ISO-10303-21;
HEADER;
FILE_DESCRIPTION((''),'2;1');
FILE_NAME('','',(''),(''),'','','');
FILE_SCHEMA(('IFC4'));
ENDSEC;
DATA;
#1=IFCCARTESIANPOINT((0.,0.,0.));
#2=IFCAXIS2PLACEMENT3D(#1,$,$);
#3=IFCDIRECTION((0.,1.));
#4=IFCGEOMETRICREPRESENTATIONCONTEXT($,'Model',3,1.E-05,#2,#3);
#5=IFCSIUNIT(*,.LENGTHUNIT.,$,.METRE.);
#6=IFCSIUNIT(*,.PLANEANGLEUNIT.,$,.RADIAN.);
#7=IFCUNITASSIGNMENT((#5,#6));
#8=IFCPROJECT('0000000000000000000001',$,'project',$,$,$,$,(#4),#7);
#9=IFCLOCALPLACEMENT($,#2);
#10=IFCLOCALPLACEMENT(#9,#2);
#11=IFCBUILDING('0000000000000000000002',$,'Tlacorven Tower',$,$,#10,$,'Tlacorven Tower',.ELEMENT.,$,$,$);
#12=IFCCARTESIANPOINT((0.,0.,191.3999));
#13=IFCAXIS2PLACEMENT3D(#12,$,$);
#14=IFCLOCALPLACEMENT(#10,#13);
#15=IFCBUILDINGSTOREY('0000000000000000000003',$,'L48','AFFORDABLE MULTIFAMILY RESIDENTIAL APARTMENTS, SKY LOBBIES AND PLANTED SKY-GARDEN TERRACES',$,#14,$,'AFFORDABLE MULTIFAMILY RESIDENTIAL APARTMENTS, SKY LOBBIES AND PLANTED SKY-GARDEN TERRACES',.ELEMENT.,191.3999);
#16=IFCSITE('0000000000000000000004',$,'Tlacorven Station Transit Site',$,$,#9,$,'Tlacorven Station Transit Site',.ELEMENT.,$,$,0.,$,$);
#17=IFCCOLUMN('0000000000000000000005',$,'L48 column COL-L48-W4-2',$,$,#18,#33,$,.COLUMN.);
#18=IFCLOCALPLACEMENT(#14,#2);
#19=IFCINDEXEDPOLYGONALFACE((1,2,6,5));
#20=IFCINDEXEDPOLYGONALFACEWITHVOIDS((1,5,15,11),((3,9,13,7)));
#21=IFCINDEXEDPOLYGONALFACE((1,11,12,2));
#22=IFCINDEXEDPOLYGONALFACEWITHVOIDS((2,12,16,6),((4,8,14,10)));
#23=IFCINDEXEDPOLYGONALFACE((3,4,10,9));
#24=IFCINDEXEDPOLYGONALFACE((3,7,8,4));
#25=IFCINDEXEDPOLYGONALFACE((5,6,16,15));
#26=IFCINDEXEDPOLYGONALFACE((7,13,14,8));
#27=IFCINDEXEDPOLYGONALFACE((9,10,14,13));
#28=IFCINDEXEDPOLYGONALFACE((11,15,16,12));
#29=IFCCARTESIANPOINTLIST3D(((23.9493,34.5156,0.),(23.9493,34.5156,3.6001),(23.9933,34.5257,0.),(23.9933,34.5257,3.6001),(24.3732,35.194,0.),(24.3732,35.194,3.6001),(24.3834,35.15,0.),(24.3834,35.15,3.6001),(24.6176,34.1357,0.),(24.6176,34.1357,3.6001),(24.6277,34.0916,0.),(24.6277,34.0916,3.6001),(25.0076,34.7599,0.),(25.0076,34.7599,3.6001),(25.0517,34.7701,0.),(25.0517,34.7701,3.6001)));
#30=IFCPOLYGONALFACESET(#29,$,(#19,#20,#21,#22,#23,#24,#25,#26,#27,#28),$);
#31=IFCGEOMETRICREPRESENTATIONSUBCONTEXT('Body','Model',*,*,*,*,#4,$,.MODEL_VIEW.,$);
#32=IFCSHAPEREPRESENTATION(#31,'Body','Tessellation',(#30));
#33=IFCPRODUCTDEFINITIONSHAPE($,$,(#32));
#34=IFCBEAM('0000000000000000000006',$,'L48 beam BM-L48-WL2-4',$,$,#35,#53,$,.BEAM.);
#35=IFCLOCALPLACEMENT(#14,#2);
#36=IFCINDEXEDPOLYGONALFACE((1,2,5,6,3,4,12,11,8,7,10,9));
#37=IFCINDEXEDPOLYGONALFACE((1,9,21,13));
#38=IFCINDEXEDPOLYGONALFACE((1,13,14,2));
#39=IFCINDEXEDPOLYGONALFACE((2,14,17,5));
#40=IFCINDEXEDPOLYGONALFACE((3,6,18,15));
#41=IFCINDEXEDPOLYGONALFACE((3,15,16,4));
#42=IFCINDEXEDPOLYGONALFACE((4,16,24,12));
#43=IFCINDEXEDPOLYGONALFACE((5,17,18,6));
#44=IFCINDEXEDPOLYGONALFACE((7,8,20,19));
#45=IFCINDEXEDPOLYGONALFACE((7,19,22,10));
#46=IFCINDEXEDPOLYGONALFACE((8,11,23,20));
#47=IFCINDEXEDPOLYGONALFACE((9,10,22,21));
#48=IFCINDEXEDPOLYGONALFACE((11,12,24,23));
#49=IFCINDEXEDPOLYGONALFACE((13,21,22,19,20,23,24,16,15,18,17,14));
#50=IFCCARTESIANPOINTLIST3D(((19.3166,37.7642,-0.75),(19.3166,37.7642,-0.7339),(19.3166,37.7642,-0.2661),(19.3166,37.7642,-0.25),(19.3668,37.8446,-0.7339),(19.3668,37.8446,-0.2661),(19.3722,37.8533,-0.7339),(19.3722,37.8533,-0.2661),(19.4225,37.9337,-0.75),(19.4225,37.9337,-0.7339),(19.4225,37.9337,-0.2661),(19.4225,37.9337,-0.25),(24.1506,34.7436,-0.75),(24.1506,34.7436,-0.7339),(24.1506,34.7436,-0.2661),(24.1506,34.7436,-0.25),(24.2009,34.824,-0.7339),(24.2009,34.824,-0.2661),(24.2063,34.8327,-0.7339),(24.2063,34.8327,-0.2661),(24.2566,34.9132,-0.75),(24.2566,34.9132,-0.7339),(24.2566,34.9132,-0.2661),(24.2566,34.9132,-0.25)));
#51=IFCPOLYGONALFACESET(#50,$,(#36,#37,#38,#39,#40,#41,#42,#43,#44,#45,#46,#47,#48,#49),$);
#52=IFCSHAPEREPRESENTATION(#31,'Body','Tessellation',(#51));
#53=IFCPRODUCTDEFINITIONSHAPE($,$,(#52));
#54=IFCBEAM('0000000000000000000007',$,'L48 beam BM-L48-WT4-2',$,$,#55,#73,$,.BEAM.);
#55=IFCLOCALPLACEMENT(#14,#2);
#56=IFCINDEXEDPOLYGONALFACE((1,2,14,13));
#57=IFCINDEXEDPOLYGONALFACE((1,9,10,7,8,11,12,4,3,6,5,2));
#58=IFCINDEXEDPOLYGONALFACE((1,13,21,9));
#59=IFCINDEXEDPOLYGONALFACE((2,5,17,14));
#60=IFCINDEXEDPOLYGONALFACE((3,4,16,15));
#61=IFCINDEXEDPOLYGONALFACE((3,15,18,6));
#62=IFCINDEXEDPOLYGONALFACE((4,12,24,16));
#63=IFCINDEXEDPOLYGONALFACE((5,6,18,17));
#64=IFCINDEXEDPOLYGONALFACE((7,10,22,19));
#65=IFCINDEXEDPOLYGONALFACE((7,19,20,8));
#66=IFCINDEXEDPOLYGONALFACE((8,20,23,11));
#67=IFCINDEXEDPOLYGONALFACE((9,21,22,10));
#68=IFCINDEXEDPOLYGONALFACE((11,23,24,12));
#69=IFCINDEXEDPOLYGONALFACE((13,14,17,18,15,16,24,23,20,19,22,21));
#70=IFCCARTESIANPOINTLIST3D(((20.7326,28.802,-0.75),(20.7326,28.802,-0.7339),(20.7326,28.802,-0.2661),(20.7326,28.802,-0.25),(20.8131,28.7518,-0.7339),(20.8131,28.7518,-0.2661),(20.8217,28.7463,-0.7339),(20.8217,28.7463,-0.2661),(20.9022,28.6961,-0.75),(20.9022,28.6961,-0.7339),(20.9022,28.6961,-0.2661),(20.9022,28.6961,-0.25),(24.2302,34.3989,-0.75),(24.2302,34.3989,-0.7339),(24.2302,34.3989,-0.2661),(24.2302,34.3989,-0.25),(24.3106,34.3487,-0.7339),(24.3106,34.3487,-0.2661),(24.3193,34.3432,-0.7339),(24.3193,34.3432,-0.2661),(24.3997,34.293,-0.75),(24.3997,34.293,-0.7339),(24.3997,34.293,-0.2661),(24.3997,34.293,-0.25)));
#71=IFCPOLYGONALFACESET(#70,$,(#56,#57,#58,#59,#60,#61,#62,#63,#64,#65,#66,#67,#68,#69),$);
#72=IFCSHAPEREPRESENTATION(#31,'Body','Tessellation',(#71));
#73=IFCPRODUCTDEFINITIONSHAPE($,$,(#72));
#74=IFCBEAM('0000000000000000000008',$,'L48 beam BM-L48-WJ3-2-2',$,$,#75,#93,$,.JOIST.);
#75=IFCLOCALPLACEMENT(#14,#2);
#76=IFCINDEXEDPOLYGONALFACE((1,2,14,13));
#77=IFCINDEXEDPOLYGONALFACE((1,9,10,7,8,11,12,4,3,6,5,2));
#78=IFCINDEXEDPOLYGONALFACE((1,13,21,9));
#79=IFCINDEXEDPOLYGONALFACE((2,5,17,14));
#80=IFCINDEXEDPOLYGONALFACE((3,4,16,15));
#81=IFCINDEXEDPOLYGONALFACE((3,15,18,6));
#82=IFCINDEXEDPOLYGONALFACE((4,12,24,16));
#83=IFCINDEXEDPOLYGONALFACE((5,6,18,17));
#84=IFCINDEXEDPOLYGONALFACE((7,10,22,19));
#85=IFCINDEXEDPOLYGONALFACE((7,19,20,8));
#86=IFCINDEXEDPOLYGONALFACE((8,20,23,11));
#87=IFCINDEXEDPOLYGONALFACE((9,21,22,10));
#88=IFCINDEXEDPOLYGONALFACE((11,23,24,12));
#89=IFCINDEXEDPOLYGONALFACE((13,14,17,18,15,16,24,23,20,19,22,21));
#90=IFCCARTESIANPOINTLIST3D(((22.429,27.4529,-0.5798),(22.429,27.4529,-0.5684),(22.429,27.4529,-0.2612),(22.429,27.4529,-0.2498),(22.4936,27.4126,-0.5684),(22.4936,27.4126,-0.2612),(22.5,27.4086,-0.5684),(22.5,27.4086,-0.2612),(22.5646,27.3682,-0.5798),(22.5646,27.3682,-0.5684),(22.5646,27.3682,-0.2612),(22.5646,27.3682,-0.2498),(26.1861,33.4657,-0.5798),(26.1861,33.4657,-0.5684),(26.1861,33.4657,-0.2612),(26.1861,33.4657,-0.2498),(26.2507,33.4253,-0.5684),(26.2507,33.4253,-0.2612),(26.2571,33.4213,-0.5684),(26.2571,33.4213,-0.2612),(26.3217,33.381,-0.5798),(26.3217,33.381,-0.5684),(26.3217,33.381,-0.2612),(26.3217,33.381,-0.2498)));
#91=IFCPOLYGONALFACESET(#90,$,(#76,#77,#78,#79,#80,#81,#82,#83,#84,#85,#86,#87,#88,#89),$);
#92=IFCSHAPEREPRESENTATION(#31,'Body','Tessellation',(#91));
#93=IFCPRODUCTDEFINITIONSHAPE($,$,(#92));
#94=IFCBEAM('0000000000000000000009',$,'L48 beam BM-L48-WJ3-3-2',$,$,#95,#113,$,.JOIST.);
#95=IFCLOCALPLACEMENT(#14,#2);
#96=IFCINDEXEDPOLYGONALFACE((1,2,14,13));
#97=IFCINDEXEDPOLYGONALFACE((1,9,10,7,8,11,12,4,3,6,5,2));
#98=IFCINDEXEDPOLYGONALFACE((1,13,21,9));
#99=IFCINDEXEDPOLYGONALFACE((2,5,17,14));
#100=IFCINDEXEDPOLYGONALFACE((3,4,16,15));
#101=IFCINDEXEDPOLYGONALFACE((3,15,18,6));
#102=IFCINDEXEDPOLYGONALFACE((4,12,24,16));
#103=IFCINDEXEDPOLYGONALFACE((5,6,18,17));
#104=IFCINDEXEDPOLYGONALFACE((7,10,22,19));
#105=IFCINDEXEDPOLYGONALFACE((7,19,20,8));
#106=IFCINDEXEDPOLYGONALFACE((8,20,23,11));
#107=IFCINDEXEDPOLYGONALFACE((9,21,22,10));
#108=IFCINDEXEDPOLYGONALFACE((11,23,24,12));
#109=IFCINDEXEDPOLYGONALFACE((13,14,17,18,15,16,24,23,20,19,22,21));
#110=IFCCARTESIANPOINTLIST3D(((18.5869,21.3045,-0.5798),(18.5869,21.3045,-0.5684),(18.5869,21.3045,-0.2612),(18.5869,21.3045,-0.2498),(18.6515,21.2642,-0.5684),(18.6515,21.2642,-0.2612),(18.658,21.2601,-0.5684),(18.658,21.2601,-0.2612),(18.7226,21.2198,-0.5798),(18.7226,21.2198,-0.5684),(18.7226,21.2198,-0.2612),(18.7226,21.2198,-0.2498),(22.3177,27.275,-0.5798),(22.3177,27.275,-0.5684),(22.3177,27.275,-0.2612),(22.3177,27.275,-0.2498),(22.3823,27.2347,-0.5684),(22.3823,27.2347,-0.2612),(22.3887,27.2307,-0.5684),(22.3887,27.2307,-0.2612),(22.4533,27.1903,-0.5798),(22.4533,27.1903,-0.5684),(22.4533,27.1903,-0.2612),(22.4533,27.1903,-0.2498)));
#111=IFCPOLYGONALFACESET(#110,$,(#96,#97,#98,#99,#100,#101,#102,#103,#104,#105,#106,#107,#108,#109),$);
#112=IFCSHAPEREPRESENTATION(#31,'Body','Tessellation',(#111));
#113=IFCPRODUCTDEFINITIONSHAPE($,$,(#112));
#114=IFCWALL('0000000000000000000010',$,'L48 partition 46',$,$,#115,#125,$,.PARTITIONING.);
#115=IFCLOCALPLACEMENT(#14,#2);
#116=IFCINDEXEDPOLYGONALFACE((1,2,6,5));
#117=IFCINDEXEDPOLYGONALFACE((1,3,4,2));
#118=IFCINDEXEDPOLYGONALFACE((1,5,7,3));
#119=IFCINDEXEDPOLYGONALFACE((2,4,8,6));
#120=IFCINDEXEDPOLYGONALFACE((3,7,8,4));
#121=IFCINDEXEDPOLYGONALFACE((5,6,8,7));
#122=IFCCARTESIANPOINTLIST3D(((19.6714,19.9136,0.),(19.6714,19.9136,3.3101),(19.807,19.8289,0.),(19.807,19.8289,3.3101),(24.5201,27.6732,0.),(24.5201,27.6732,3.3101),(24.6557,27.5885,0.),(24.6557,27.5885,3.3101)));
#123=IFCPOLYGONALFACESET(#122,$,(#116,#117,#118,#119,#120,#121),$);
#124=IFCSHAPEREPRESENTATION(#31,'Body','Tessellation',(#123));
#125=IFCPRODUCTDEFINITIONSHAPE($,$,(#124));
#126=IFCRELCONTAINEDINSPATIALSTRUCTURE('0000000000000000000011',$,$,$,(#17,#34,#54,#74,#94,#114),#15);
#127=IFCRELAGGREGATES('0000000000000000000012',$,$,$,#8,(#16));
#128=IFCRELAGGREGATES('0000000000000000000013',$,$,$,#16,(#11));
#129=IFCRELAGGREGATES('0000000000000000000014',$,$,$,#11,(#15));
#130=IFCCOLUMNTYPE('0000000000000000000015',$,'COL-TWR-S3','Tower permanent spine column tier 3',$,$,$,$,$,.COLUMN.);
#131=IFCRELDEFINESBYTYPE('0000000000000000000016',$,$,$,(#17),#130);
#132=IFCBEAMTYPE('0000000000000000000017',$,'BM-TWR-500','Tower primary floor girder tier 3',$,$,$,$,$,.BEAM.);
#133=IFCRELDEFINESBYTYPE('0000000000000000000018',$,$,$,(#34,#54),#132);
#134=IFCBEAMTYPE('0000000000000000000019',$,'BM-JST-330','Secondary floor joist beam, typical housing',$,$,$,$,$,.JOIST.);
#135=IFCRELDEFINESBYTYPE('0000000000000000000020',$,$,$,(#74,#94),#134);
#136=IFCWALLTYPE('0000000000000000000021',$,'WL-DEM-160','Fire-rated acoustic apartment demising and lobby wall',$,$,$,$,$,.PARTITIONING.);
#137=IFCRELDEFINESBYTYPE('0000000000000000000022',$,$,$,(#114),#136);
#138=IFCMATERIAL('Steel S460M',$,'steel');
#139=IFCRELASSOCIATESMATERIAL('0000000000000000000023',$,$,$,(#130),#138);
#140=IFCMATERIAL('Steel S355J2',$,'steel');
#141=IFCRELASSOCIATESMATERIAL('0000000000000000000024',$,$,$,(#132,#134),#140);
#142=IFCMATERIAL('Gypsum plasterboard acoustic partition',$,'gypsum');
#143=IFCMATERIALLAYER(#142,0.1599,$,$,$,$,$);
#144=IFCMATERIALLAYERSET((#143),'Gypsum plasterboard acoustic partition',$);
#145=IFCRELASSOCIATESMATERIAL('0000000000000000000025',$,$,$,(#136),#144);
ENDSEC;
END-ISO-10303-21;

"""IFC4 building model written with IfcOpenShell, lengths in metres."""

from ifc_helpers import new_model, si_unit, direction, frame, frame_2d, origin, origin_2d, place, context, subcontext, project, spatial, rectangle, hollow_rectangle, i_section, extrude, source, transform, mapped, material, layer, layer_set, material_profile, profile_set, type_object, element, save


model = new_model("IFC4")

# Units and contexts
model_context = context("Model", 3, precision=1e-05, world=origin(), true_north=direction((0.0, 1.0)))
body_context = subcontext(model_context, "Body", "Model", "MODEL_VIEW")
ifc_project = project(units=[si_unit("LENGTHUNIT", "METRE"), si_unit("PLANEANGLEUNIT", "RADIAN")], contexts=[model_context])

# Site, building, storey
site_placement = place(None, origin())
site = spatial("IfcSite", under=ifc_project, at=site_placement, Name="Tlacorven Station Transit Site", LongName="Tlacorven Station Transit Site", CompositionType="ELEMENT", RefElevation=0.0)
building_placement = place(site_placement, origin())
building = spatial("IfcBuilding", under=site, at=building_placement, Name="Tlacorven Tower", LongName="Tlacorven Tower", CompositionType="ELEMENT")
storey_placement = place(building_placement, frame((0.0, 0.0, 191.3999)))
storey = spatial("IfcBuildingStorey", under=building, at=storey_placement, Name="L48", Description="AFFORDABLE MULTIFAMILY RESIDENTIAL APARTMENTS, SKY LOBBIES AND PLANTED SKY-GARDEN TERRACES", LongName="AFFORDABLE MULTIFAMILY RESIDENTIAL APARTMENTS, SKY LOBBIES AND PLANTED SKY-GARDEN TERRACES", CompositionType="ELEMENT", Elevation=191.3999)

# Column
ifc_material_1 = material(Name="Steel S460M", Category="steel")
ifc_material_profile_1 = material_profile(ifc_material_1, hollow_rectangle(XDim=0.8, YDim=0.8, WallThickness=0.032, at=origin_2d()), Name="BOX 800X800X32")
ifc_profile_set_1 = profile_set([ifc_material_profile_1], Name="Steel S460M")
column_type = type_object("IfcColumnType", Name="COL-TWR-S3", Description="Tower permanent spine column tier 3", PredefinedType="COLUMN", material=ifc_profile_set_1)
shared_shape_1 = source(origin(), body_context, "Body", "SweptSolid", [
    extrude(hollow_rectangle(XDim=0.8, YDim=0.8, WallThickness=0.032, at=origin_2d()), origin(), (0.0, 0.0, 1.0), 3.6001),
])
column_placement = place(storey_placement, frame((24.5005, 34.6428, 0.0), z_axis=(0.0, 0.0, 1.0), x_axis=(-0.848048, 0.529919, 0.0)))
element("IfcColumn", 1, at=column_placement, inside=storey, type_object=column_type, Name="L48 column COL-L48-W4-2", PredefinedType="COLUMN", context=body_context, shape_type="MappedRepresentation", body=[
    mapped(shared_shape_1, transform((0.0, 0.0, 0.0), scale=1.0)),
])

# Beams
ifc_material_2 = material(Name="Steel S355J2", Category="steel")
ifc_material_profile_2 = material_profile(ifc_material_2, i_section(OverallWidth=0.2, OverallDepth=0.5, WebThickness=0.0103, FlangeThickness=0.0161, at=origin_2d()), Name="IPE 500")
ifc_profile_set_2 = profile_set([ifc_material_profile_2], Name="Steel S355J2")
beam_type_1 = type_object("IfcBeamType", Name="BM-TWR-500", Description="Tower primary floor girder tier 3", PredefinedType="BEAM", material=ifc_profile_set_2)
shared_shape_2 = source(origin(), body_context, "Body", "SweptSolid", [
    extrude(i_section(OverallWidth=0.2, OverallDepth=0.5, WebThickness=0.0103, FlangeThickness=0.0161, at=origin_2d()), origin(), (0.0, 0.0, 1.0), 5.7002),
])
beam_1_placement = place(storey_placement, frame((24.2036, 34.8284, -0.5), z_axis=(-0.848056, 0.529907, 0.0), x_axis=(-0.529907, -0.848056, 0.0)))
element("IfcBeam", 2, at=beam_1_placement, inside=storey, type_object=beam_type_1, Name="L48 beam BM-L48-WL2-4", PredefinedType="BEAM", context=body_context, shape_type="MappedRepresentation", body=[
    mapped(shared_shape_2, transform((0.0, 0.0, 0.0), scale=1.0)),
])
shared_shape_3 = source(origin(), body_context, "Body", "SweptSolid", [
    extrude(i_section(OverallWidth=0.2, OverallDepth=0.5, WebThickness=0.0103, FlangeThickness=0.0161, at=origin_2d()), origin(), (0.0, 0.0, 1.0), 6.5999),
])
beam_2_placement = place(storey_placement, frame((24.3149, 34.3459, -0.5), z_axis=(-0.529942, -0.848034, 0.0), x_axis=(0.848034, -0.529942, 0.0)))
element("IfcBeam", 3, at=beam_2_placement, inside=storey, type_object=beam_type_1, Name="L48 beam BM-L48-WT4-2", PredefinedType="BEAM", context=body_context, shape_type="MappedRepresentation", body=[
    mapped(shared_shape_3, transform((0.0, 0.0, 0.0), scale=1.0)),
])
ifc_material_profile_3 = material_profile(ifc_material_2, i_section(OverallWidth=0.1599, OverallDepth=0.3301, WebThickness=0.0076, FlangeThickness=0.0115, at=origin_2d()), Name="IPE 330")
ifc_profile_set_3 = profile_set([ifc_material_profile_3], Name="Steel S355J2")
beam_type_2 = type_object("IfcBeamType", Name="BM-JST-330", Description="Secondary floor joist beam, typical housing", PredefinedType="JOIST", material=ifc_profile_set_3)
shared_shape_4 = source(origin(), body_context, "Body", "SweptSolid", [
    extrude(i_section(OverallWidth=0.1599, OverallDepth=0.3301, WebThickness=0.0076, FlangeThickness=0.0115, at=origin_2d()), origin(), (0.0, 0.0, 1.0), 7.0901),
])
beam_3_placement = place(storey_placement, frame((26.2539, 33.4233, -0.4148), z_axis=(-0.529912, -0.848052, 0.0), x_axis=(0.848052, -0.529912, 0.0)))
element("IfcBeam", 4, at=beam_3_placement, inside=storey, type_object=beam_type_2, Name="L48 beam BM-L48-WJ3-2-2", PredefinedType="JOIST", context=body_context, shape_type="MappedRepresentation", body=[
    mapped(shared_shape_4, transform((0.0, 0.0, 0.0), scale=1.0)),
])
shared_shape_5 = source(origin(), body_context, "Body", "SweptSolid", [
    extrude(i_section(OverallWidth=0.1599, OverallDepth=0.3301, WebThickness=0.0076, FlangeThickness=0.0115, at=origin_2d()), origin(), (0.0, 0.0, 1.0), 7.0403),
])
beam_4_placement = place(storey_placement, frame((22.3855, 27.2327, -0.4148), z_axis=(-0.529915, -0.848051, 0.0), x_axis=(0.848051, -0.529915, 0.0)))
element("IfcBeam", 5, at=beam_4_placement, inside=storey, type_object=beam_type_2, Name="L48 beam BM-L48-WJ3-3-2", PredefinedType="JOIST", context=body_context, shape_type="MappedRepresentation", body=[
    mapped(shared_shape_5, transform((0.0, 0.0, 0.0), scale=1.0)),
])

# Wall
ifc_material_3 = material(Name="Gypsum plasterboard acoustic partition", Category="gypsum")
ifc_layer_1 = layer(ifc_material_3, 0.1599)
ifc_layer_set_1 = layer_set([ifc_layer_1], Name="Gypsum plasterboard acoustic partition")
wall_type_1 = type_object("IfcWallType", Name="WL-DEM-160", Description="Fire-rated acoustic apartment demising and lobby wall", PredefinedType="PARTITIONING", material=ifc_layer_set_1)
wall_1_placement = place(storey_placement, frame((24.5879, 27.6309, 0.0), z_axis=(0.0, 0.0, 1.0), x_axis=(-0.529915, -0.848051, 0.0)))
element("IfcWall", 6, at=wall_1_placement, inside=storey, type_object=wall_type_1, Name="L48 partition 46", PredefinedType="PARTITIONING", context=body_context, shape_type="SweptSolid", body=[
    extrude(rectangle(XDim=9.1499, YDim=0.1599, at=frame_2d((4.575, 0.0))), origin(), (0.0, 0.0, 1.0), 3.3101),
])

save(model, "model.ifc")
